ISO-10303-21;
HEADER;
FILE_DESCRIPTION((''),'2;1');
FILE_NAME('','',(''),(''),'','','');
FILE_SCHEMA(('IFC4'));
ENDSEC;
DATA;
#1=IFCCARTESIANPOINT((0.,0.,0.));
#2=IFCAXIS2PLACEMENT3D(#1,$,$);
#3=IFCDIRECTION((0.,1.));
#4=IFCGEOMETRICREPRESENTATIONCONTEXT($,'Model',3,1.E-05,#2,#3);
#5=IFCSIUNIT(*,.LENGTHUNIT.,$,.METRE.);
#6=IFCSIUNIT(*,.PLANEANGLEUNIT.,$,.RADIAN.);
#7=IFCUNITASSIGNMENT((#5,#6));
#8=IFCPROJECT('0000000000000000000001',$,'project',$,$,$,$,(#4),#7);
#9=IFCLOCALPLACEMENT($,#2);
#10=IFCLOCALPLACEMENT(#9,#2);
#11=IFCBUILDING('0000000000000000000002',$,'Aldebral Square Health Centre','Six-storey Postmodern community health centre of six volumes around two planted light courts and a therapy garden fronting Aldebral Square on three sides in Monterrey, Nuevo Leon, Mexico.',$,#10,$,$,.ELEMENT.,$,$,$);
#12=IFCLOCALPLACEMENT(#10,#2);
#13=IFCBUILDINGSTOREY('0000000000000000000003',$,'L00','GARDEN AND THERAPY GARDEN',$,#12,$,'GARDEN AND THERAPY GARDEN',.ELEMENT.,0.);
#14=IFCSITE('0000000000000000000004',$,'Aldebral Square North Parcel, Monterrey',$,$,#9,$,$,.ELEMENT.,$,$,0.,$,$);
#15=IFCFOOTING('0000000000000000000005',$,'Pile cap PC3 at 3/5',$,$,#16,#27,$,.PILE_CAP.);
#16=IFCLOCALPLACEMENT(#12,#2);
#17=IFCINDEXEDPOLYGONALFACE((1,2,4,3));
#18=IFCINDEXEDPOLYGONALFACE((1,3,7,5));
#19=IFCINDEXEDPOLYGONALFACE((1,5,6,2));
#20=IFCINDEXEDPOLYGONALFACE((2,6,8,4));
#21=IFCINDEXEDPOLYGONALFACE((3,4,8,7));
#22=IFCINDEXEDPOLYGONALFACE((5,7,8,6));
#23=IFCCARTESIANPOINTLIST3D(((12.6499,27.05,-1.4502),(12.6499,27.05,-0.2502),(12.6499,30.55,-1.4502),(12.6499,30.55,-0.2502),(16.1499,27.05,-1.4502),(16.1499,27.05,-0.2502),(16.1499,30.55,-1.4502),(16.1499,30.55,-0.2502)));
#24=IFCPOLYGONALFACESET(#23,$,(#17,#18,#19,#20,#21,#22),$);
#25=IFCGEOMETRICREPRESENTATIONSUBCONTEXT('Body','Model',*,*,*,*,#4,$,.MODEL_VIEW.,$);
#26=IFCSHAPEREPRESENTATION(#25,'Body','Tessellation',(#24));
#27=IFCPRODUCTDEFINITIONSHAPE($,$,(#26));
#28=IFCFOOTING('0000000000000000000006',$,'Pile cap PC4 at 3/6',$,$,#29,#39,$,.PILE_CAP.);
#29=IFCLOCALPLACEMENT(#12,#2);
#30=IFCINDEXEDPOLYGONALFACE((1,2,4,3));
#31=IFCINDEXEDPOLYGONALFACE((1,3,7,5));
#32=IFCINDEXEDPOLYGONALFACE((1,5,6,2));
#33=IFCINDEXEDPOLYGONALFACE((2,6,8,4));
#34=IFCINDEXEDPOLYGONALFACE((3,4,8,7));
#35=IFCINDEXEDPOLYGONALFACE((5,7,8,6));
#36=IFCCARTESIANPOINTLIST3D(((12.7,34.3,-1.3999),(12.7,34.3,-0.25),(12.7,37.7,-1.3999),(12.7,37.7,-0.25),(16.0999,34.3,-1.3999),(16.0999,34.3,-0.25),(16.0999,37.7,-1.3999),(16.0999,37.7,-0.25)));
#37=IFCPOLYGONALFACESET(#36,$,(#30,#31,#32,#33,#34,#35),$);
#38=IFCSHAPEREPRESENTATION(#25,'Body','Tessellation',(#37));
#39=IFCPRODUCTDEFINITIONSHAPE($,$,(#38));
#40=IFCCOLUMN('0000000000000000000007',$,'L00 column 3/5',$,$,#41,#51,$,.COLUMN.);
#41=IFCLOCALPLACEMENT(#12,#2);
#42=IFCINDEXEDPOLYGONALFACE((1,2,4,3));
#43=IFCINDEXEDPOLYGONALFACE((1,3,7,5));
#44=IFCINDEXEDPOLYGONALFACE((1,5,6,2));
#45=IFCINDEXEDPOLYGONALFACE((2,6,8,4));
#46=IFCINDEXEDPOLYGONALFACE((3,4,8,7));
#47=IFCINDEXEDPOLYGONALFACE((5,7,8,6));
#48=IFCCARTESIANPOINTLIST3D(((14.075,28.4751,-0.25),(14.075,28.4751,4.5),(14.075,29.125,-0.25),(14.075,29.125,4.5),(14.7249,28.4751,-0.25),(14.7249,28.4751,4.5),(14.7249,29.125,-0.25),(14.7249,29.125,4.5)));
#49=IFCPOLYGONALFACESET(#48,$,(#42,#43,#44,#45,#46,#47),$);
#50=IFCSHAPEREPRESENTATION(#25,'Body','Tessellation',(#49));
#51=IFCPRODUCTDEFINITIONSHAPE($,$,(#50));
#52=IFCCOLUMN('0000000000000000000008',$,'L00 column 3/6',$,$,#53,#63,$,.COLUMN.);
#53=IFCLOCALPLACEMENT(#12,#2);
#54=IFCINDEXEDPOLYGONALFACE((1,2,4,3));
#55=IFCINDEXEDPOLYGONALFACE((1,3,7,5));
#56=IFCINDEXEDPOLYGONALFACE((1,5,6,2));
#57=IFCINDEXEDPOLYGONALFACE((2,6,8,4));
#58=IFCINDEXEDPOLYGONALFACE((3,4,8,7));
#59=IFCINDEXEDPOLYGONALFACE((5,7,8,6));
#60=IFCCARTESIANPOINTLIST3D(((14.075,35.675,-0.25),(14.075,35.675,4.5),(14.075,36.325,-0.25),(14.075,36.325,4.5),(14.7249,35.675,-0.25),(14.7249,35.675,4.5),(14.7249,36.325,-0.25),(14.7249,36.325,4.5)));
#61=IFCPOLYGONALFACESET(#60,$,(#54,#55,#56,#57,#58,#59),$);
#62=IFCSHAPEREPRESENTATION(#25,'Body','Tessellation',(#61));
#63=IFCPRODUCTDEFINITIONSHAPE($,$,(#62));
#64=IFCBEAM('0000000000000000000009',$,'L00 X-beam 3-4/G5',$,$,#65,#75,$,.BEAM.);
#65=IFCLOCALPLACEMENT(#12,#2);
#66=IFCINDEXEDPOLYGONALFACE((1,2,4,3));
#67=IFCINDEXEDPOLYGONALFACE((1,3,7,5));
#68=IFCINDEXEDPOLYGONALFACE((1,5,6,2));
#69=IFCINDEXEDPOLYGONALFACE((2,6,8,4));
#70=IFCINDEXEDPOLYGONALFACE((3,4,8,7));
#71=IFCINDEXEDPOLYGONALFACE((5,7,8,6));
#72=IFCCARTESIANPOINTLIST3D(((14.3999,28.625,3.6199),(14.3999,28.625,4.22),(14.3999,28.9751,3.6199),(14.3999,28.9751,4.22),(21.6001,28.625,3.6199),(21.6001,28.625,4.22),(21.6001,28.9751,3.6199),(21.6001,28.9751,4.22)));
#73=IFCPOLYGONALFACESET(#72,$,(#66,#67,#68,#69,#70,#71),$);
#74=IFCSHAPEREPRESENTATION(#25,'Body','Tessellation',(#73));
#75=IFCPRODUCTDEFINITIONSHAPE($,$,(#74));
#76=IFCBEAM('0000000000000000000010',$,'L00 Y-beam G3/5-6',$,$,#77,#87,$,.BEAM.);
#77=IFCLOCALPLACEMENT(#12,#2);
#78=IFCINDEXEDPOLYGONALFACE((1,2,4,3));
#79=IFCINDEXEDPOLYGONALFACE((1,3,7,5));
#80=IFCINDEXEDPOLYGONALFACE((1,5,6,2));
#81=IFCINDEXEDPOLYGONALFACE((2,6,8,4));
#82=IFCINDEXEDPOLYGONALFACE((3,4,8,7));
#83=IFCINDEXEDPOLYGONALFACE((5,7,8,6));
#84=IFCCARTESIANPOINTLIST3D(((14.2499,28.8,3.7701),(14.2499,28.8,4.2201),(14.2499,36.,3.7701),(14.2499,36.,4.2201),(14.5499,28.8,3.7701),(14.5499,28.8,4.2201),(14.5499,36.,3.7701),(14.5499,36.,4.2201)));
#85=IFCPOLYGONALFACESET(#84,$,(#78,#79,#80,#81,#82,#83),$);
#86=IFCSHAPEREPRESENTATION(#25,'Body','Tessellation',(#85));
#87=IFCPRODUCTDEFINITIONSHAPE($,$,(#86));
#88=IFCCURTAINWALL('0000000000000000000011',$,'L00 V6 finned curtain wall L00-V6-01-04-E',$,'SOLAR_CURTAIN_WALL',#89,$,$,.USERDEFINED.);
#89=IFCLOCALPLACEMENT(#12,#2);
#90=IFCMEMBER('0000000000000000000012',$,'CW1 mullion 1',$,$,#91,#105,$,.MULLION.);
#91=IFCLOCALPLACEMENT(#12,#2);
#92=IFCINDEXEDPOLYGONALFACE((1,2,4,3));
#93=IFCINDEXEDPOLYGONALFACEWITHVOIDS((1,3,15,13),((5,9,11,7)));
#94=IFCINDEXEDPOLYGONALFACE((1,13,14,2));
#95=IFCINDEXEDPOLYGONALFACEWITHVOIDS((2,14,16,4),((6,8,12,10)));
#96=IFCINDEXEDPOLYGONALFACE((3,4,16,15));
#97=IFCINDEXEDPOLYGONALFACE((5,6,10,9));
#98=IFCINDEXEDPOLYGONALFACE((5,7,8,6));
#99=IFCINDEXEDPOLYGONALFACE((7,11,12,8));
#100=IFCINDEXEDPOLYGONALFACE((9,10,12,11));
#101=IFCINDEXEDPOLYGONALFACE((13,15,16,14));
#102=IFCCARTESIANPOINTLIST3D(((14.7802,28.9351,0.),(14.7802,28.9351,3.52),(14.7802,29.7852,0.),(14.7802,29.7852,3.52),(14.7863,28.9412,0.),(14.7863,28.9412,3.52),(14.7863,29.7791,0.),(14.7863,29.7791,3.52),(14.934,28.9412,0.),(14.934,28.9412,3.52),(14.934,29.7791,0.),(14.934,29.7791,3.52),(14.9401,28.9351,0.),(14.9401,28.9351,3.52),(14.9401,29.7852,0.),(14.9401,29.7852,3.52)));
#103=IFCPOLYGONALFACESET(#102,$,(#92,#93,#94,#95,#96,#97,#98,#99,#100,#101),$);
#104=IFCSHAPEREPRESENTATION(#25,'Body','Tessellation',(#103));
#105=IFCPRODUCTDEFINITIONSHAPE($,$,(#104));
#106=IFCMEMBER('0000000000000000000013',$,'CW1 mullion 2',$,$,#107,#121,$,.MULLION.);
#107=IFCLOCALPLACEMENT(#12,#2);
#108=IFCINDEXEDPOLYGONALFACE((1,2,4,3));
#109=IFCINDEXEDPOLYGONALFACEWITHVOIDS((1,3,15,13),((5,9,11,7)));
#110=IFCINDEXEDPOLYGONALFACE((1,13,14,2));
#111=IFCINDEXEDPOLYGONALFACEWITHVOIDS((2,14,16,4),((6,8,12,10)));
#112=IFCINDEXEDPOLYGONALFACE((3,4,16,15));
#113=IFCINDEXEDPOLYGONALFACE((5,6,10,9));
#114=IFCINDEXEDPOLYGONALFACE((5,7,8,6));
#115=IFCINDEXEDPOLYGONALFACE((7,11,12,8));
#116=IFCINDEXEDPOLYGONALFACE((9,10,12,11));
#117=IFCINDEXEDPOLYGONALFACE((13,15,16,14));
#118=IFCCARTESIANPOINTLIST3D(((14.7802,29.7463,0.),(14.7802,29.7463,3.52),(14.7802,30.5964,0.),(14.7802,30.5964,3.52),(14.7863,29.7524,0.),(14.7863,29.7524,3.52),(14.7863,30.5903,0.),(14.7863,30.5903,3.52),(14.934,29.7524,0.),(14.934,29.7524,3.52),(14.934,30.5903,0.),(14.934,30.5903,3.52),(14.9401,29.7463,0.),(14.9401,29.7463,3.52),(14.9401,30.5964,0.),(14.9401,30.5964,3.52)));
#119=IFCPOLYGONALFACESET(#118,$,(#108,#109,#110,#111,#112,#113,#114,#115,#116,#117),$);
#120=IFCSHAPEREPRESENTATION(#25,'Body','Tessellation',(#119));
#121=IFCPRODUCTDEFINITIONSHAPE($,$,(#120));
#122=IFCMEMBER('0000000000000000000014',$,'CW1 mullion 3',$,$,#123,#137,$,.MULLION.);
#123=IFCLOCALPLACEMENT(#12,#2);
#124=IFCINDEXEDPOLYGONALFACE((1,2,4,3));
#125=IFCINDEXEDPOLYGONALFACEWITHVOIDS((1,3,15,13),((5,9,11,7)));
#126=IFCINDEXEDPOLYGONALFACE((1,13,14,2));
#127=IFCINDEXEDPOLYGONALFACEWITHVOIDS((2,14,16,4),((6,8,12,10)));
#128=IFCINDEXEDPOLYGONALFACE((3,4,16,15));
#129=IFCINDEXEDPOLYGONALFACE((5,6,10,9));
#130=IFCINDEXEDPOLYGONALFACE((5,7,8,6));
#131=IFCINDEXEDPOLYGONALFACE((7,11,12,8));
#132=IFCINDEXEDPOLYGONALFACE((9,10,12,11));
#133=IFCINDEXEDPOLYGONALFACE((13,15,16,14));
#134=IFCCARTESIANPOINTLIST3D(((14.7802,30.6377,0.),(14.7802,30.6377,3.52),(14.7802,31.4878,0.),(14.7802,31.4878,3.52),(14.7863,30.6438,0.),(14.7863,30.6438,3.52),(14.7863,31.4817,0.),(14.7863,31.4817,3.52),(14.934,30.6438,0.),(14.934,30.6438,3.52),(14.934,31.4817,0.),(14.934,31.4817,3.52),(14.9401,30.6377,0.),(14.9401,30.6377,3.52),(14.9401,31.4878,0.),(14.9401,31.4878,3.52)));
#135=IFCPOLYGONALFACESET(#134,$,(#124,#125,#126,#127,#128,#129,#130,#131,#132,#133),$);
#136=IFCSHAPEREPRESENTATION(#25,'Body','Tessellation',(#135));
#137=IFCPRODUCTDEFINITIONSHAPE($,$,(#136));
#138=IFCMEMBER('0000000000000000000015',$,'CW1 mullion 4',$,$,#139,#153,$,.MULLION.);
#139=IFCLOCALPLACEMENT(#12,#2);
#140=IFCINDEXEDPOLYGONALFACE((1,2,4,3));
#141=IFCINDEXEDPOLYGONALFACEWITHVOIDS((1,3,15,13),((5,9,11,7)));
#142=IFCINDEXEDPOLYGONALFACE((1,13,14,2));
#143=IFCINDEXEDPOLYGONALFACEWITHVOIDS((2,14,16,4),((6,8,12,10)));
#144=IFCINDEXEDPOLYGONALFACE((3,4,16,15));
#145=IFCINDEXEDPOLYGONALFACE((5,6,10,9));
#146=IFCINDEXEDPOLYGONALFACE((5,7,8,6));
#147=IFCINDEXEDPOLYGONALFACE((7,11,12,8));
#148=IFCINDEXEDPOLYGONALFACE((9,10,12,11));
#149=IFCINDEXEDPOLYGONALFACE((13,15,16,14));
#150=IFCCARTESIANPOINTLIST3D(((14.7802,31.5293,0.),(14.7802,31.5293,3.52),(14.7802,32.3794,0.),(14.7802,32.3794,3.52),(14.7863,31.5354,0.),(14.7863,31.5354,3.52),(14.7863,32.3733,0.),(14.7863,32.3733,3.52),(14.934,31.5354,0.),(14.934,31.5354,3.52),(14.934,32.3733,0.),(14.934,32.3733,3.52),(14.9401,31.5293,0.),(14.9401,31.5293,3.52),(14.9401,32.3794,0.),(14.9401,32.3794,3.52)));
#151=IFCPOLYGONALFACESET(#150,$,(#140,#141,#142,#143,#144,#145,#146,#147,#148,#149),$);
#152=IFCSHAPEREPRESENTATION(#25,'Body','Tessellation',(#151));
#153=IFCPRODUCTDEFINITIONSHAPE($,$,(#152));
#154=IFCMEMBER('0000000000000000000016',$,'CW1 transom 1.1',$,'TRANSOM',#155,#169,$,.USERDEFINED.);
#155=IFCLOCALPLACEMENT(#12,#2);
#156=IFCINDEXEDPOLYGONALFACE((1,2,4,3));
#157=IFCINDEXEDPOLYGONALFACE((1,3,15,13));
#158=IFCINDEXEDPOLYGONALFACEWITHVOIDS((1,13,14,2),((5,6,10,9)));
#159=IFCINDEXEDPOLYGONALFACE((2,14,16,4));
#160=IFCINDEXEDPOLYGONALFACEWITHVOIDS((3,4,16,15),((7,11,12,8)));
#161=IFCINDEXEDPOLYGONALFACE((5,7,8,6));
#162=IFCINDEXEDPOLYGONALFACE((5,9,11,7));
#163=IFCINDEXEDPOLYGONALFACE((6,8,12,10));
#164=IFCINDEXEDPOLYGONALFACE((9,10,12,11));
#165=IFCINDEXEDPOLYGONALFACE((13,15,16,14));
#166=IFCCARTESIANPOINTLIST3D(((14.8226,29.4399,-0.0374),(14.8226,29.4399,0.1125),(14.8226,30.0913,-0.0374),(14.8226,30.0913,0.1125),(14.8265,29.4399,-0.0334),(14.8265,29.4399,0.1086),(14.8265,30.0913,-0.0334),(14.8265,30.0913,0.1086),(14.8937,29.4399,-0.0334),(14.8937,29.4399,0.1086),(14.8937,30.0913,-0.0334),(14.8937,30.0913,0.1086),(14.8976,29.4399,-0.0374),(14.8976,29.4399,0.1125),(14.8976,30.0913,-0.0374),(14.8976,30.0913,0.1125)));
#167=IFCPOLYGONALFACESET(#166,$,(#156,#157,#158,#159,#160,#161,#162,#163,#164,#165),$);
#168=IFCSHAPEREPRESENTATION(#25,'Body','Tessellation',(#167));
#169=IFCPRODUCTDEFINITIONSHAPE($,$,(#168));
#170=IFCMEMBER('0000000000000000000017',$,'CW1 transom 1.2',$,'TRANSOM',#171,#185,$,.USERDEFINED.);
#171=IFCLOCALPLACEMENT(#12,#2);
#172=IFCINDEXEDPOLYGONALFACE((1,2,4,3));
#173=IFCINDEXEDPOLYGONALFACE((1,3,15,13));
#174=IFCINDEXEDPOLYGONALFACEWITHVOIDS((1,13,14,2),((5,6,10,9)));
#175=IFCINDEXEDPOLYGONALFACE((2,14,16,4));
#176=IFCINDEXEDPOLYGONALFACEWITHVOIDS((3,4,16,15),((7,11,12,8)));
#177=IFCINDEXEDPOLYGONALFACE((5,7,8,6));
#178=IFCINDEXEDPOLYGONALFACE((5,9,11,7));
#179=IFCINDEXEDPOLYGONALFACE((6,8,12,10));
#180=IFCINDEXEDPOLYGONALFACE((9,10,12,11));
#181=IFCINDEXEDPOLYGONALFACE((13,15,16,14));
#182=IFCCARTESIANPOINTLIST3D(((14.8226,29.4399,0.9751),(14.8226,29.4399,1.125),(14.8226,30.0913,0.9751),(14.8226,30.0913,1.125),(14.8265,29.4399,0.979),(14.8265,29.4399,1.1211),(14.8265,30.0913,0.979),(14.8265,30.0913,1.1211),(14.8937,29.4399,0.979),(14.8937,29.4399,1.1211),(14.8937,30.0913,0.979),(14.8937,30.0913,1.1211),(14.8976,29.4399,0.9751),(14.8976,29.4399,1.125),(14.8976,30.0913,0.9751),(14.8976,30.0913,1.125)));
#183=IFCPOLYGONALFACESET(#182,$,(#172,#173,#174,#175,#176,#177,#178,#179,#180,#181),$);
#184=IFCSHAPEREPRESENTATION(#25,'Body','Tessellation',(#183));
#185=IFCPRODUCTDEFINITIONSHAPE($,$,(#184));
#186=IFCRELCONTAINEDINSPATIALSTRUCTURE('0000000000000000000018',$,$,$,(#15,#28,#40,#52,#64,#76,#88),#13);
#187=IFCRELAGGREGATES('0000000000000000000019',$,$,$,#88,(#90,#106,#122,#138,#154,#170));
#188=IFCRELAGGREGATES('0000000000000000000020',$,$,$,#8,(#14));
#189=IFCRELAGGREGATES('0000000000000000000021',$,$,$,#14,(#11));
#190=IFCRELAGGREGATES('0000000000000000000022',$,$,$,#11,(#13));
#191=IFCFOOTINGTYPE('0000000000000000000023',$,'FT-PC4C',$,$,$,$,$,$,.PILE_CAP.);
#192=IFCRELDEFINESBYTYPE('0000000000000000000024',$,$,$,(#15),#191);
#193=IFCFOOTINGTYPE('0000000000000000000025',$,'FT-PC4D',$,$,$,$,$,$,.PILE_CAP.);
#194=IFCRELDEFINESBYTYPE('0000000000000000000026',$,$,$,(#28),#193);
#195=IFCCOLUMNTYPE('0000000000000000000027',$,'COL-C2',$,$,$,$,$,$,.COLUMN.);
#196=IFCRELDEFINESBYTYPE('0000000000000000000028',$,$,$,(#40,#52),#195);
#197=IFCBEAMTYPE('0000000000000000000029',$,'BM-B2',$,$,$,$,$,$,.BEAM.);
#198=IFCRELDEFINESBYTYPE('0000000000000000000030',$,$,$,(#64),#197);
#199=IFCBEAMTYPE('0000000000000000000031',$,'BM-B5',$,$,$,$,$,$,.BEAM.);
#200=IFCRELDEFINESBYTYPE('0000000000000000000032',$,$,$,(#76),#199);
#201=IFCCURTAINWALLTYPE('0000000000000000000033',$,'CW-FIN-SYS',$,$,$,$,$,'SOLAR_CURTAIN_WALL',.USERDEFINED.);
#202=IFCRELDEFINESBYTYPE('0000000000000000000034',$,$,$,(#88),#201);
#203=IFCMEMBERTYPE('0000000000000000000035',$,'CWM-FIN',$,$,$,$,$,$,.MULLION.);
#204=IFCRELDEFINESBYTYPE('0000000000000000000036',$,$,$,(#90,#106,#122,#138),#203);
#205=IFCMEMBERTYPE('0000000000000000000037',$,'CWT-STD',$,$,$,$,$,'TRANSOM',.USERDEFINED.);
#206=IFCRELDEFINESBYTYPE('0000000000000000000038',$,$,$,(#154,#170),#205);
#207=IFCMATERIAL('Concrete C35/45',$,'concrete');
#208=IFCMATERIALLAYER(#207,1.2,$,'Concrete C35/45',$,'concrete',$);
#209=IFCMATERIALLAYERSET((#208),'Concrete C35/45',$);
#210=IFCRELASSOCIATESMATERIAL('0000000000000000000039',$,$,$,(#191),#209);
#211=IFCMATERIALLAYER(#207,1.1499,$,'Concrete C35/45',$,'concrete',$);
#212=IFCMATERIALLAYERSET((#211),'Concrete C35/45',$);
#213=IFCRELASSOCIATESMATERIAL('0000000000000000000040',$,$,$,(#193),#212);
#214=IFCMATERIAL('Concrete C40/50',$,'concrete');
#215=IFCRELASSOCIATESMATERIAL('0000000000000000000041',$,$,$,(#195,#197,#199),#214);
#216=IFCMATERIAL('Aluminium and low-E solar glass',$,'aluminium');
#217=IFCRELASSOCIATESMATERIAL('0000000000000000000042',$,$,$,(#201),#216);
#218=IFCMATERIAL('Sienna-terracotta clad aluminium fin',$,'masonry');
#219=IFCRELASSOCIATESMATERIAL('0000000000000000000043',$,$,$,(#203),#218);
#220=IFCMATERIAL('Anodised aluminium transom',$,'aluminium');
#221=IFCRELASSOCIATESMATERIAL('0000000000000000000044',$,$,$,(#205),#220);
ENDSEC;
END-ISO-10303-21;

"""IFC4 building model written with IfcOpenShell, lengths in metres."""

from ifc_helpers import new_model, si_unit, direction, frame, origin, origin_2d, place, context, subcontext, project, spatial, rectangle, hollow_rectangle, extrude, material, layer, layer_set, material_profile, profile_set, type_object, element, aggregate, save


model = new_model("IFC4")

# Units and contexts
model_context = context("Model", 3, precision=1e-05, world=origin(), true_north=direction((0.0, 1.0)))
body_context = subcontext(model_context, "Body", "Model", "MODEL_VIEW")
ifc_project = project(units=[si_unit("LENGTHUNIT", "METRE"), si_unit("PLANEANGLEUNIT", "RADIAN")], contexts=[model_context])

# Site, building, storey
site_placement = place(None, origin())
site = spatial("IfcSite", under=ifc_project, at=site_placement, Name="Aldebral Square North Parcel, Monterrey", CompositionType="ELEMENT", RefElevation=0.0)
building_placement = place(site_placement, origin())
building = spatial("IfcBuilding", under=site, at=building_placement, Name="Aldebral Square Health Centre", Description="Six-storey Postmodern community health centre of six volumes around two planted light courts and a therapy garden fronting Aldebral Square on three sides in Monterrey, Nuevo Leon, Mexico.", CompositionType="ELEMENT")
storey_placement = place(building_placement, origin())
storey = spatial("IfcBuildingStorey", under=building, at=storey_placement, Name="L00", Description="GARDEN AND THERAPY GARDEN", LongName="GARDEN AND THERAPY GARDEN", CompositionType="ELEMENT", Elevation=0.0)

# Footings
ifc_material_1 = material(Name="Concrete C35/45", Category="concrete")
ifc_layer_1 = layer(ifc_material_1, 1.2, Name="Concrete C35/45", Category="concrete")
ifc_layer_set_1 = layer_set([ifc_layer_1], Name="Concrete C35/45")
footing_type_1 = type_object("IfcFootingType", Name="FT-PC4C", PredefinedType="PILE_CAP", material=ifc_layer_set_1)
footing_1_placement = place(storey_placement, frame((14.3999, 28.8, -1.4502), z_axis=(0.0, 0.0, 1.0), x_axis=(1.0, 0.0, 0.0)))
element("IfcFooting", 1, at=footing_1_placement, inside=storey, type_object=footing_type_1, Name="Pile cap PC3 at 3/5", PredefinedType="PILE_CAP", context=body_context, shape_type="SweptSolid", body=[
    extrude(rectangle(XDim=3.5, YDim=3.5, at=origin_2d()), origin(), (0.0, 0.0, 1.0), 1.2),
])
ifc_layer_2 = layer(ifc_material_1, 1.1499, Name="Concrete C35/45", Category="concrete")
ifc_layer_set_2 = layer_set([ifc_layer_2], Name="Concrete C35/45")
footing_type_2 = type_object("IfcFootingType", Name="FT-PC4D", PredefinedType="PILE_CAP", material=ifc_layer_set_2)
footing_2_placement = place(storey_placement, frame((14.3999, 36.0, -1.3999), z_axis=(0.0, 0.0, 1.0), x_axis=(1.0, 0.0, 0.0)))
element("IfcFooting", 2, at=footing_2_placement, inside=storey, type_object=footing_type_2, Name="Pile cap PC4 at 3/6", PredefinedType="PILE_CAP", context=body_context, shape_type="SweptSolid", body=[
    extrude(rectangle(XDim=3.3999, YDim=3.3999, at=origin_2d()), origin(), (0.0, 0.0, 1.0), 1.1499),
])

# Columns
ifc_material_2 = material(Name="Concrete C40/50", Category="concrete")
ifc_material_profile_1 = material_profile(ifc_material_2, rectangle(XDim=0.6499, YDim=0.6499, at=origin_2d()), Name="RC 650x650")
ifc_profile_set_1 = profile_set([ifc_material_profile_1], Name="Concrete C40/50")
column_type = type_object("IfcColumnType", Name="COL-C2", PredefinedType="COLUMN", material=ifc_profile_set_1)
for number, where, z_axis, x_axis, name in (
    (3, (14.3999, 28.8, -0.25), (0.0, 0.0, 1.0), (1.0, 0.0, 0.0), "L00 column 3/5"),
    (4, (14.3999, 36.0, -0.25), (0.0, 0.0, 1.0), (1.0, 0.0, 0.0), "L00 column 3/6"),
):
    element("IfcColumn", number, at=place(storey_placement, frame(where, z_axis=z_axis, x_axis=x_axis)), inside=storey, type_object=column_type, Name=name, PredefinedType="COLUMN", context=body_context, shape_type="SweptSolid", body=[
        extrude(rectangle(XDim=0.6499, YDim=0.6499, at=origin_2d()), origin(), (0.0, 0.0, 1.0), 4.75),
    ])

# Beams
ifc_material_profile_2 = material_profile(ifc_material_2, rectangle(XDim=0.3501, YDim=0.6001, at=origin_2d()), Name="RC 350x600")
ifc_profile_set_2 = profile_set([ifc_material_profile_2], Name="Concrete C40/50")
beam_type_1 = type_object("IfcBeamType", Name="BM-B2", PredefinedType="BEAM", material=ifc_profile_set_2)
beam_1_placement = place(storey_placement, frame((14.3999, 28.8, 3.9199), z_axis=(1.0, 0.0, 0.0), x_axis=(0.0, 1.0, 0.0)))
element("IfcBeam", 5, at=beam_1_placement, inside=storey, type_object=beam_type_1, Name="L00 X-beam 3-4/G5", PredefinedType="BEAM", context=body_context, shape_type="SweptSolid", body=[
    extrude(rectangle(XDim=0.3501, YDim=0.6001, at=origin_2d()), origin(), (0.0, 0.0, 1.0), 7.2002),
])
ifc_material_profile_3 = material_profile(ifc_material_2, rectangle(XDim=0.3, YDim=0.45, at=origin_2d()), Name="RC 300x450")
ifc_profile_set_3 = profile_set([ifc_material_profile_3], Name="Concrete C40/50")
beam_type_2 = type_object("IfcBeamType", Name="BM-B5", PredefinedType="BEAM", material=ifc_profile_set_3)
beam_2_placement = place(storey_placement, frame((14.3999, 28.8, 3.9951), z_axis=(0.0, 1.0, 0.0), x_axis=(-1.0, 0.0, 0.0)))
element("IfcBeam", 6, at=beam_2_placement, inside=storey, type_object=beam_type_2, Name="L00 Y-beam G3/5-6", PredefinedType="BEAM", context=body_context, shape_type="SweptSolid", body=[
    extrude(rectangle(XDim=0.3, YDim=0.45, at=origin_2d()), origin(), (0.0, 0.0, 1.0), 7.2),
])

# Curtain wall, members
ifc_material_3 = material(Name="Aluminium and low-E solar glass", Category="aluminium")
curtain_wall_type = type_object("IfcCurtainWallType", Name="CW-FIN-SYS", ElementType="SOLAR_CURTAIN_WALL", PredefinedType="USERDEFINED", material=ifc_material_3)
curtain_wall_placement = place(storey_placement, origin())
curtain_wall = element("IfcCurtainWall", 7, at=curtain_wall_placement, inside=storey, type_object=curtain_wall_type, Name="L00 V6 finned curtain wall L00-V6-01-04-E", ObjectType="SOLAR_CURTAIN_WALL", PredefinedType="USERDEFINED")
ifc_material_4 = material(Name="Sienna-terracotta clad aluminium fin", Category="masonry")
ifc_material_profile_4 = material_profile(ifc_material_4, hollow_rectangle(XDim=0.1599, YDim=0.8501, WallThickness=0.0061, at=origin_2d()), Name="FIN 160x850x6")
ifc_profile_set_4 = profile_set([ifc_material_profile_4], Name="Sienna-terracotta clad aluminium fin")
member_type_1 = type_object("IfcMemberType", Name="CWM-FIN", PredefinedType="MULLION", material=ifc_profile_set_4)
member_1_placement = place(storey_placement, frame((14.8601, 29.3601, 0.0), z_axis=(0.0, 0.0, 1.0), x_axis=(-1.0, 0.0, 0.0)))
member_1 = element("IfcMember", 8, at=member_1_placement, type_object=member_type_1, Name="CW1 mullion 1", PredefinedType="MULLION", context=body_context, shape_type="SweptSolid", body=[
    extrude(hollow_rectangle(XDim=0.1599, YDim=0.8501, WallThickness=0.0061, at=origin_2d()), origin(), (0.0, 0.0, 1.0), 3.52),
])
member_2_placement = place(storey_placement, frame((14.8601, 30.1714, 0.0), z_axis=(0.0, 0.0, 1.0), x_axis=(-1.0, 0.0, 0.0)))
member_2 = element("IfcMember", 9, at=member_2_placement, type_object=member_type_1, Name="CW1 mullion 2", PredefinedType="MULLION", context=body_context, shape_type="SweptSolid", body=[
    extrude(hollow_rectangle(XDim=0.1599, YDim=0.8501, WallThickness=0.0061, at=origin_2d()), origin(), (0.0, 0.0, 1.0), 3.52),
])
member_3_placement = place(storey_placement, frame((14.8601, 31.0627, 0.0), z_axis=(0.0, 0.0, 1.0), x_axis=(-1.0, 0.0, 0.0)))
member_3 = element("IfcMember", 10, at=member_3_placement, type_object=member_type_1, Name="CW1 mullion 3", PredefinedType="MULLION", context=body_context, shape_type="SweptSolid", body=[
    extrude(hollow_rectangle(XDim=0.1599, YDim=0.8501, WallThickness=0.0061, at=origin_2d()), origin(), (0.0, 0.0, 1.0), 3.52),
])
member_4_placement = place(storey_placement, frame((14.8601, 31.9543, 0.0), z_axis=(0.0, 0.0, 1.0), x_axis=(-1.0, 0.0, 0.0)))
member_4 = element("IfcMember", 11, at=member_4_placement, type_object=member_type_1, Name="CW1 mullion 4", PredefinedType="MULLION", context=body_context, shape_type="SweptSolid", body=[
    extrude(hollow_rectangle(XDim=0.1599, YDim=0.8501, WallThickness=0.0061, at=origin_2d()), origin(), (0.0, 0.0, 1.0), 3.52),
])
ifc_material_5 = material(Name="Anodised aluminium transom", Category="aluminium")
ifc_material_profile_5 = material_profile(ifc_material_5, hollow_rectangle(XDim=0.075, YDim=0.1499, WallThickness=0.0039, at=origin_2d()), Name="CWT 75x150x4")
ifc_profile_set_5 = profile_set([ifc_material_profile_5], Name="Anodised aluminium transom")
member_type_2 = type_object("IfcMemberType", Name="CWT-STD", ElementType="TRANSOM", PredefinedType="USERDEFINED", material=ifc_profile_set_5)
member_5_placement = place(storey_placement, frame((14.8601, 29.4399, 0.0376), z_axis=(0.0, 1.0, 0.0), x_axis=(-1.0, 0.0, 0.0)))
member_5 = element("IfcMember", 12, at=member_5_placement, type_object=member_type_2, Name="CW1 transom 1.1", ObjectType="TRANSOM", PredefinedType="USERDEFINED", context=body_context, shape_type="SweptSolid", body=[
    extrude(hollow_rectangle(XDim=0.075, YDim=0.1499, WallThickness=0.0039, at=origin_2d()), origin(), (0.0, 0.0, 1.0), 0.6514),
])
member_6_placement = place(storey_placement, frame((14.8601, 29.4399, 1.05), z_axis=(0.0, 1.0, 0.0), x_axis=(-1.0, 0.0, 0.0)))
member_6 = element("IfcMember", 13, at=member_6_placement, type_object=member_type_2, Name="CW1 transom 1.2", ObjectType="TRANSOM", PredefinedType="USERDEFINED", context=body_context, shape_type="SweptSolid", body=[
    extrude(hollow_rectangle(XDim=0.075, YDim=0.1499, WallThickness=0.0039, at=origin_2d()), origin(), (0.0, 0.0, 1.0), 0.6514),
])
aggregate(curtain_wall, [member_1, member_2, member_3, member_4, member_5, member_6])

save(model, "model.ifc")
